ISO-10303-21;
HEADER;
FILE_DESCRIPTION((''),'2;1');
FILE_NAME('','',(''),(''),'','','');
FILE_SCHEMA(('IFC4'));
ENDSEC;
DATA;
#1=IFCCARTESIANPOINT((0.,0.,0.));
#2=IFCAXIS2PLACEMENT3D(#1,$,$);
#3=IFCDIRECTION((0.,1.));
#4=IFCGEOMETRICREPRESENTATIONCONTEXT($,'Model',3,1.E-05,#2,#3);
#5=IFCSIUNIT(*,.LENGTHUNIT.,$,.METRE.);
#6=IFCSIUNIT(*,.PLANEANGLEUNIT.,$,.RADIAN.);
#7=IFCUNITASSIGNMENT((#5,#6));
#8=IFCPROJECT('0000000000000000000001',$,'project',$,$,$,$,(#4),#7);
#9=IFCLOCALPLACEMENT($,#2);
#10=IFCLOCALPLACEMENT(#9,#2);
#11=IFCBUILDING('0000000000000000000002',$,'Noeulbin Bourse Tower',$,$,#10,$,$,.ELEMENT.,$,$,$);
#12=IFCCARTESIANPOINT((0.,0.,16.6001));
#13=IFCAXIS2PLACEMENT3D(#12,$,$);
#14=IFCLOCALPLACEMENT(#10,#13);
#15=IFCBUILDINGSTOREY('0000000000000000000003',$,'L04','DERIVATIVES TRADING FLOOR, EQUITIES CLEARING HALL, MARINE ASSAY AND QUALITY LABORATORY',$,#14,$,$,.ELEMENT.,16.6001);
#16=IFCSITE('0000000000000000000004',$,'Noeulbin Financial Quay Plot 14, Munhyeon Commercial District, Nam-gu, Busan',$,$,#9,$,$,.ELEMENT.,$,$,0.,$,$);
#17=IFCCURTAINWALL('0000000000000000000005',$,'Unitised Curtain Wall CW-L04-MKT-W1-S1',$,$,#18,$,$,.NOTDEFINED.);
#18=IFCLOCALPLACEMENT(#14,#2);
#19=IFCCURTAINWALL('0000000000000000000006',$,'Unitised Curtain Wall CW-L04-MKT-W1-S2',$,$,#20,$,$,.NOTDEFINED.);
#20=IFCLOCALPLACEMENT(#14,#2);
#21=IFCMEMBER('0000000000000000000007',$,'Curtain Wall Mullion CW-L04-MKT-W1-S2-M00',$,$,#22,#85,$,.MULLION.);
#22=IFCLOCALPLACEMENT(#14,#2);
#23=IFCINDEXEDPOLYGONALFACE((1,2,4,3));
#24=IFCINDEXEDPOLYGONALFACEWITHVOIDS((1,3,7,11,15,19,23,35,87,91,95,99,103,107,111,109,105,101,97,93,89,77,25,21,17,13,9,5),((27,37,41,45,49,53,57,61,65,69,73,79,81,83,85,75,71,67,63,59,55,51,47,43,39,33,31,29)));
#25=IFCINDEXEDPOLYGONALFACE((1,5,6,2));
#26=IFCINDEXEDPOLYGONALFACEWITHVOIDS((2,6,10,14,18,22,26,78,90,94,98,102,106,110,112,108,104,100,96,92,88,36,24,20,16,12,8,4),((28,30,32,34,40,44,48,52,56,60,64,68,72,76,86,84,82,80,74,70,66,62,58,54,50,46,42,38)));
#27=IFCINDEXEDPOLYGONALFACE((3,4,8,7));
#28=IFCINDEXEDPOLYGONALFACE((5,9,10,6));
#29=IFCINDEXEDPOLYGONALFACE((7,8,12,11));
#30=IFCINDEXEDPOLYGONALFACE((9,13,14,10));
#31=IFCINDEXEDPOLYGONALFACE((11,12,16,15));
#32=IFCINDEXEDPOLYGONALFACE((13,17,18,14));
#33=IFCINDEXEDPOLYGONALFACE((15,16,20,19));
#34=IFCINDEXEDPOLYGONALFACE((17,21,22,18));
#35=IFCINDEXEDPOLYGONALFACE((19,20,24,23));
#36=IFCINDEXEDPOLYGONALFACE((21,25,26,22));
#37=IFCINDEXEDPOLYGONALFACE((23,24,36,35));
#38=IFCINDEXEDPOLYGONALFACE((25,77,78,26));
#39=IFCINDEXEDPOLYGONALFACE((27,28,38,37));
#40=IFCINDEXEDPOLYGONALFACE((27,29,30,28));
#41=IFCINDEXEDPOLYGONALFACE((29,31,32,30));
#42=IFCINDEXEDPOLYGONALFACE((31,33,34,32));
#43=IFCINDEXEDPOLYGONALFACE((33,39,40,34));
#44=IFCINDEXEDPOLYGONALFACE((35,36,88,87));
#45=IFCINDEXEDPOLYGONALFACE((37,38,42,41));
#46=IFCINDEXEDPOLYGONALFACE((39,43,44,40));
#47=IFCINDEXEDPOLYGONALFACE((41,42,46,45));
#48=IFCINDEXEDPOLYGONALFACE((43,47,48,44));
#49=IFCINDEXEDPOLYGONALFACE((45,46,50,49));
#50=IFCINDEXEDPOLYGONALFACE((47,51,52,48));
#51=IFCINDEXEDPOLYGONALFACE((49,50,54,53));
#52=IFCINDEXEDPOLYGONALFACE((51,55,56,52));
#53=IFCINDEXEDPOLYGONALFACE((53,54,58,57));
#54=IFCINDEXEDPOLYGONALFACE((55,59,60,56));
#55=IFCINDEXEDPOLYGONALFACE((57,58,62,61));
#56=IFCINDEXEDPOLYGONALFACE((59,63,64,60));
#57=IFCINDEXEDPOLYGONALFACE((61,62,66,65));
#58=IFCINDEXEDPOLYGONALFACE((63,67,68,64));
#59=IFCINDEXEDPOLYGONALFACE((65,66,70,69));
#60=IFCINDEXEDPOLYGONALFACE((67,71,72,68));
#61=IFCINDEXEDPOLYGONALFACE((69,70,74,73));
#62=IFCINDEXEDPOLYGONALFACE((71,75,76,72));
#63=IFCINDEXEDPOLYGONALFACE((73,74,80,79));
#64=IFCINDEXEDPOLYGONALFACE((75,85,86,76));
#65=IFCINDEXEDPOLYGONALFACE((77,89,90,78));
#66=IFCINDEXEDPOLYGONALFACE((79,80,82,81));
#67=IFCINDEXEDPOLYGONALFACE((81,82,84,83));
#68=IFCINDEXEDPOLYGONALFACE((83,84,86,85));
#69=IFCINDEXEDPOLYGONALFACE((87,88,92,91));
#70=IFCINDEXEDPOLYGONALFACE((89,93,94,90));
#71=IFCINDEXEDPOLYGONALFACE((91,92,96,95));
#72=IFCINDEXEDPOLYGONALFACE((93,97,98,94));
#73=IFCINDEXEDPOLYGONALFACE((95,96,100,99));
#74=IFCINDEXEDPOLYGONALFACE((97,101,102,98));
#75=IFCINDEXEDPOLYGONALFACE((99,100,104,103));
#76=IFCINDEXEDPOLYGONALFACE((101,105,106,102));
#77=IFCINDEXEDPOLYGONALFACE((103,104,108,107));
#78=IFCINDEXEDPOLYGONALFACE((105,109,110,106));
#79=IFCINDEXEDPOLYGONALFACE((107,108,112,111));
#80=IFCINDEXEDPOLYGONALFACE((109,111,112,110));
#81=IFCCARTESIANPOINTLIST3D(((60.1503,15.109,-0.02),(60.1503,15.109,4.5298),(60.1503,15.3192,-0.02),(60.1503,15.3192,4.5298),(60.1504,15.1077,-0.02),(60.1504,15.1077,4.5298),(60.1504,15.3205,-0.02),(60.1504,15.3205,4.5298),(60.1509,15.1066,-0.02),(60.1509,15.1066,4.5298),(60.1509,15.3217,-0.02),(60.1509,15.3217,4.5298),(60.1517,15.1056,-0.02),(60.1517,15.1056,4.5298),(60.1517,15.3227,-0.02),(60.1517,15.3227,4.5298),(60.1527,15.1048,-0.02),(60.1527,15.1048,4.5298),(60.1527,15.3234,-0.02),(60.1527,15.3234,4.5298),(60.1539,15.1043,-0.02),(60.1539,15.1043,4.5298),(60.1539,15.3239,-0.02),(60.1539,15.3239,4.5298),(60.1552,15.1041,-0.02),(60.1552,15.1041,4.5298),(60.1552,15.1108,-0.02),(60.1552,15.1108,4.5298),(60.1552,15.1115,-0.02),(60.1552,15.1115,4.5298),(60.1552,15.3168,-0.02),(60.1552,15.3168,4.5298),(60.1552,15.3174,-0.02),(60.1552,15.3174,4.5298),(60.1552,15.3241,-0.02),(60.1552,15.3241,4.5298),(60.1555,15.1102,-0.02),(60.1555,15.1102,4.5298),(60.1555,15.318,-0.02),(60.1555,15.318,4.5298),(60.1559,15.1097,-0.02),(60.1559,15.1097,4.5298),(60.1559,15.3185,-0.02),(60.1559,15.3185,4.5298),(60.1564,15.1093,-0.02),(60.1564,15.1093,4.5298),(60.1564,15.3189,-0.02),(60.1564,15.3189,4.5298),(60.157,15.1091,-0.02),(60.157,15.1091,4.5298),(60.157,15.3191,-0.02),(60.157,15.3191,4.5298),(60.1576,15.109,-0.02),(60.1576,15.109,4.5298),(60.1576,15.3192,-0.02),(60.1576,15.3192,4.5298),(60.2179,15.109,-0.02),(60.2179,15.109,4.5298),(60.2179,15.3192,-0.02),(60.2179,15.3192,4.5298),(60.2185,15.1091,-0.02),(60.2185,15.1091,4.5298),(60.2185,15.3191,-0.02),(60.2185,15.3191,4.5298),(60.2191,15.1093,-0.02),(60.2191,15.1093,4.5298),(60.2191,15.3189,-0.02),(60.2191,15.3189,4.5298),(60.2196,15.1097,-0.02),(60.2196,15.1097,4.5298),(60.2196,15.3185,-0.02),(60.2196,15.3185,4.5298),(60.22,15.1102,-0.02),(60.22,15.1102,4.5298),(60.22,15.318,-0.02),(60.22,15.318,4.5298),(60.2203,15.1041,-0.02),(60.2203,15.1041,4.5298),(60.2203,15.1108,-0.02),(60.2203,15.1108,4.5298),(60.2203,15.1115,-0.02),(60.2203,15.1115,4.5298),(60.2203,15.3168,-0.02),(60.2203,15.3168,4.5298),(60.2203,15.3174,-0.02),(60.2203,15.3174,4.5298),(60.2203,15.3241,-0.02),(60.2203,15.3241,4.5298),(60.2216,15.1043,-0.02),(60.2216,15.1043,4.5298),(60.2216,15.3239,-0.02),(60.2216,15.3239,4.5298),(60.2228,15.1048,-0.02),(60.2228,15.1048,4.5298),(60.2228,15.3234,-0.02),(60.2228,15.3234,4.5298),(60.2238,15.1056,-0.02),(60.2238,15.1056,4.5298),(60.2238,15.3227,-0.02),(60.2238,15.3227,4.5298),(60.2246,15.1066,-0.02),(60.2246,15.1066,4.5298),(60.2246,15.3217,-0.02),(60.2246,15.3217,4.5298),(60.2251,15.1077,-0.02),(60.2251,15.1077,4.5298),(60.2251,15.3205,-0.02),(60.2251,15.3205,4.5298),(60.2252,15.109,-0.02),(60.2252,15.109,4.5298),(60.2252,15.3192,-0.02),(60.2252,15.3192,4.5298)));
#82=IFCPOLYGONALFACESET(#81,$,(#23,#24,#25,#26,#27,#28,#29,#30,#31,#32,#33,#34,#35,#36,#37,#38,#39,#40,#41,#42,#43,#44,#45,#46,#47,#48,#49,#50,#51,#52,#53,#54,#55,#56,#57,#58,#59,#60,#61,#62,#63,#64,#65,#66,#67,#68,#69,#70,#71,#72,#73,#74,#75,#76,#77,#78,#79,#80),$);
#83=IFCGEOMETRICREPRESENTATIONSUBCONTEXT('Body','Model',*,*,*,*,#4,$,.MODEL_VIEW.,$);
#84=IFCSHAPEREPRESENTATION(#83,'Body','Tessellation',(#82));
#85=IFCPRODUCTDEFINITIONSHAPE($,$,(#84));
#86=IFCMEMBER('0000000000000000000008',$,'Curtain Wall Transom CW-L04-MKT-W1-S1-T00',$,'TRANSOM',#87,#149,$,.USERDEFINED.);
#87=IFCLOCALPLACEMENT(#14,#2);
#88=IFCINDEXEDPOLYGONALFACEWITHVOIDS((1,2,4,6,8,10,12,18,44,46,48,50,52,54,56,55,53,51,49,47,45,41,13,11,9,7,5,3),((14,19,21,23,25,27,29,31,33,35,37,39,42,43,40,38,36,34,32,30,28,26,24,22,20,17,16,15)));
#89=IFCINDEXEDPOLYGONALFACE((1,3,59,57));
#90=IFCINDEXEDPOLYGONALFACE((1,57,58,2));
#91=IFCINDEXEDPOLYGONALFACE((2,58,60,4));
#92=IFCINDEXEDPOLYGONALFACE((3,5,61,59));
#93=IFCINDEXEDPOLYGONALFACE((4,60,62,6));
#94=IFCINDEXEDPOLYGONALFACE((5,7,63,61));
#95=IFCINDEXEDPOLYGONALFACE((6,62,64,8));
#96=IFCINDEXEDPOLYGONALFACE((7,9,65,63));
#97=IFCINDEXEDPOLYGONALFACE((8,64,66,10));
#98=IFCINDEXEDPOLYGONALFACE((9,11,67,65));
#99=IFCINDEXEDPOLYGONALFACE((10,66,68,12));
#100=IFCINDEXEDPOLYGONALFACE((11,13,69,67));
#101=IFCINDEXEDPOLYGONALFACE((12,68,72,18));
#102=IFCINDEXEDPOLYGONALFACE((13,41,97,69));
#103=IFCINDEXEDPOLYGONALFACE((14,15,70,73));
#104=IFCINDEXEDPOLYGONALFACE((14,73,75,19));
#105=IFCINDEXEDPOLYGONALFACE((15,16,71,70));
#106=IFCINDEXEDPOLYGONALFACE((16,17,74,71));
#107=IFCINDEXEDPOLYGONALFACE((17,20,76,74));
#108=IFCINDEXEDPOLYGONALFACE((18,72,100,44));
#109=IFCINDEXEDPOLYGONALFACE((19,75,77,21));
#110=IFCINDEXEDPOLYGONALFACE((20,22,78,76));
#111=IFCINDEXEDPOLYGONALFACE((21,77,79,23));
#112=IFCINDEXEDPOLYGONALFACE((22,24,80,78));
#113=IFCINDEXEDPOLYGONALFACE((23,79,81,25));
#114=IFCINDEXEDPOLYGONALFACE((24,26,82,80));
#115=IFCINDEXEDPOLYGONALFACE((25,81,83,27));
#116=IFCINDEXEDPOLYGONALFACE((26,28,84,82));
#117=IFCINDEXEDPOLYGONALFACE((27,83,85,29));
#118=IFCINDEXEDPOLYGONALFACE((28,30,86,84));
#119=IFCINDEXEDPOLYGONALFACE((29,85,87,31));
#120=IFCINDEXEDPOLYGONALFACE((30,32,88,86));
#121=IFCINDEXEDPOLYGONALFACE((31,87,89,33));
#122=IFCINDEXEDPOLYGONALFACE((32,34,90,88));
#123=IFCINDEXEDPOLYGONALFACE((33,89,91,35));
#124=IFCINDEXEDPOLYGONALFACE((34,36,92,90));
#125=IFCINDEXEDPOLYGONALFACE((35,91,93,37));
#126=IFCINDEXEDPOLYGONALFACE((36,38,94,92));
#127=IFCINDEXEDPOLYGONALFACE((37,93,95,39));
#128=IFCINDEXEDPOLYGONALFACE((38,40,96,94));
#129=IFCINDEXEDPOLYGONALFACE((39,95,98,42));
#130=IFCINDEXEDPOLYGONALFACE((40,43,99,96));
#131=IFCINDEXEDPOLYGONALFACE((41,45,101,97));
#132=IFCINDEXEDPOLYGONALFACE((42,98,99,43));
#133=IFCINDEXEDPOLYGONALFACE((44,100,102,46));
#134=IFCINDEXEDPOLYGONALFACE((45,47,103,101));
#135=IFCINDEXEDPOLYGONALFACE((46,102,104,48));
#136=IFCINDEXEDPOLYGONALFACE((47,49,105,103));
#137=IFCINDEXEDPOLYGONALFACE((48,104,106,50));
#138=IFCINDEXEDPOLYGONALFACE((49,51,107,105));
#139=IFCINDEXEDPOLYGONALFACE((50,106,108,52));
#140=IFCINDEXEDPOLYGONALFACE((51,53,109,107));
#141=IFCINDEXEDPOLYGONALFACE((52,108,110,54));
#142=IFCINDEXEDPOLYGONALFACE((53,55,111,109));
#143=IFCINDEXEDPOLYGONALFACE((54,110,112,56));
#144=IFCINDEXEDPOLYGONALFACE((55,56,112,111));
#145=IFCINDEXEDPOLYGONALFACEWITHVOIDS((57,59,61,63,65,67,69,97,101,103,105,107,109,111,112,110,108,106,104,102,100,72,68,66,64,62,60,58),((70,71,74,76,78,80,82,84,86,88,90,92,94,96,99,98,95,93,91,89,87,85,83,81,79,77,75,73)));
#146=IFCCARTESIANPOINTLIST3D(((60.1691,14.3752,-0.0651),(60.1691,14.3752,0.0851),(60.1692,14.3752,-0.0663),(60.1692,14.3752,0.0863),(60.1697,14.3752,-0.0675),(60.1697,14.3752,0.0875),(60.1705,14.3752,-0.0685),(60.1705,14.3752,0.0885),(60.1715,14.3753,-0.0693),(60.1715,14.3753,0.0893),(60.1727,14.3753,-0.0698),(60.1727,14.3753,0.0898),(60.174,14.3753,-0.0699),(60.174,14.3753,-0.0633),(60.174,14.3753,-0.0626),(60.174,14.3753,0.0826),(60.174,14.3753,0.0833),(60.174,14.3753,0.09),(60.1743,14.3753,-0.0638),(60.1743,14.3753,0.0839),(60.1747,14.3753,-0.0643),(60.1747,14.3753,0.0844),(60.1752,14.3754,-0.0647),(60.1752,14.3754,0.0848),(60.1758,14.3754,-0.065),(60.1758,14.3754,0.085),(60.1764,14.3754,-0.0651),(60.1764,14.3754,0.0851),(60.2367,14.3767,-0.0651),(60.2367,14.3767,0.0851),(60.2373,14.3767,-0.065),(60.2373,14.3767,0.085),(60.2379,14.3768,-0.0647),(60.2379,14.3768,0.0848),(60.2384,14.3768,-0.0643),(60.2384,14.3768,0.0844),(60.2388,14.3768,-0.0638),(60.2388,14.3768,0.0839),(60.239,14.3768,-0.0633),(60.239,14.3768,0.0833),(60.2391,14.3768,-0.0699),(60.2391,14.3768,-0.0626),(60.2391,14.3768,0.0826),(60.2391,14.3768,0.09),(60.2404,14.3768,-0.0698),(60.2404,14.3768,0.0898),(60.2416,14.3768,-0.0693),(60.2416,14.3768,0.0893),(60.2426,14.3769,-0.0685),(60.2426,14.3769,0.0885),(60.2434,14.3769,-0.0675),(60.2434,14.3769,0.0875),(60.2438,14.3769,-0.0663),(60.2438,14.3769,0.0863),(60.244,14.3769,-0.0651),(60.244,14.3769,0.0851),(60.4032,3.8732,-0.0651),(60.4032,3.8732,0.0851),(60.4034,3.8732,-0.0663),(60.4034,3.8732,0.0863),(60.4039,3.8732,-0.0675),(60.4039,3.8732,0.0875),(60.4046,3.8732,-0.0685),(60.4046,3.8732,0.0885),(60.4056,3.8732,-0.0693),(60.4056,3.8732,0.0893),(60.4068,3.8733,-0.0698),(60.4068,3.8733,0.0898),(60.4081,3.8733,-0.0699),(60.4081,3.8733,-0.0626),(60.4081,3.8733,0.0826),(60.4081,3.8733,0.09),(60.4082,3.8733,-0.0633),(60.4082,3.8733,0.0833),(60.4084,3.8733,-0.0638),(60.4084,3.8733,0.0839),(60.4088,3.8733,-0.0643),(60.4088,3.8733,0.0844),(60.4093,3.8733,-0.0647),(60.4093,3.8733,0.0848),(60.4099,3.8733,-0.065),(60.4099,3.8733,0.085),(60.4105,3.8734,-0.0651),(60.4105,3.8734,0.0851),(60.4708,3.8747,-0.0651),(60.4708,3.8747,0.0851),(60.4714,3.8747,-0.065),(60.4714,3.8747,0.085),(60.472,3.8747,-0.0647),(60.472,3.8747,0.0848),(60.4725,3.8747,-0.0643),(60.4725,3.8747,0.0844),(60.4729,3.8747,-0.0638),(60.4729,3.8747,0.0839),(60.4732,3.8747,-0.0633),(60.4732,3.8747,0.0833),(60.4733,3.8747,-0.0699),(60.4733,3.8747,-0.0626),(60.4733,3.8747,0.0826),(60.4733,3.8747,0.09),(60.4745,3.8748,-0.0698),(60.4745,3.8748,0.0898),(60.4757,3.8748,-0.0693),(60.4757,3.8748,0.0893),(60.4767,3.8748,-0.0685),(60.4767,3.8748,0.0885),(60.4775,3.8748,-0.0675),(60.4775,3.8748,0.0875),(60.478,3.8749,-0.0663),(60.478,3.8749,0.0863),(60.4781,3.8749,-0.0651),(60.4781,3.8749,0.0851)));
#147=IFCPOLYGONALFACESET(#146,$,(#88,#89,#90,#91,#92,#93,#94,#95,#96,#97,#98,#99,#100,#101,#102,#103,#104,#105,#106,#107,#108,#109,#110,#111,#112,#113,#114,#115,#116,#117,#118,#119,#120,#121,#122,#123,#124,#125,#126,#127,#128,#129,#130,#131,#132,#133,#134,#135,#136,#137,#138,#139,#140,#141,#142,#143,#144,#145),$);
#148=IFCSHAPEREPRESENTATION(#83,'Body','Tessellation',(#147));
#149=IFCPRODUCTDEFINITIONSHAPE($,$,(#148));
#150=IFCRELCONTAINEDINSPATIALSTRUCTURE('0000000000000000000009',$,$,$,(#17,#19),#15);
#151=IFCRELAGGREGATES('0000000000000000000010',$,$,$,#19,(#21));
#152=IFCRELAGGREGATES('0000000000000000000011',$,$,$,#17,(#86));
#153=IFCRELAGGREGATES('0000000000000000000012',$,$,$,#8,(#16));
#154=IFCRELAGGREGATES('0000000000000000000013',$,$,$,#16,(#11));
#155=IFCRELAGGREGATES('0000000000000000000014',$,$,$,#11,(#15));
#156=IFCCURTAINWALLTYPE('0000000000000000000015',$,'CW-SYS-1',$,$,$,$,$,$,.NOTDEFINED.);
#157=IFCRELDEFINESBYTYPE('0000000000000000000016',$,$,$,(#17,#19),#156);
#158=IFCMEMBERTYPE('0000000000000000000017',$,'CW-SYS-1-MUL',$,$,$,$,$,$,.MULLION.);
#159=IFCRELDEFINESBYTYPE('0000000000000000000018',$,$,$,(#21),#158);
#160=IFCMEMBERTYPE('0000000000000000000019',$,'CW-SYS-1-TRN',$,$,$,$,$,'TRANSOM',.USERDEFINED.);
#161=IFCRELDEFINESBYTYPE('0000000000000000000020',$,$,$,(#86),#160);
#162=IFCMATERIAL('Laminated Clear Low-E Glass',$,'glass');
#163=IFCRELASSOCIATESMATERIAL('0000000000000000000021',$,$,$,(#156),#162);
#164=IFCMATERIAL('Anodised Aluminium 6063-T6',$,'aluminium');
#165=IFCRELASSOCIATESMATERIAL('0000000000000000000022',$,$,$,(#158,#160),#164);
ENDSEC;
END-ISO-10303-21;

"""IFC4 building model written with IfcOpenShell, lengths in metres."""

from ifc_helpers import new_model, si_unit, direction, frame, origin, origin_2d, place, context, subcontext, project, spatial, hollow_rectangle, extrude, material, material_profile, profile_set, type_object, element, aggregate, save


model = new_model("IFC4")

# Units and contexts
model_context = context("Model", 3, precision=1e-05, world=origin(), true_north=direction((0.0, 1.0)))
body_context = subcontext(model_context, "Body", "Model", "MODEL_VIEW")
ifc_project = project(units=[si_unit("LENGTHUNIT", "METRE"), si_unit("PLANEANGLEUNIT", "RADIAN")], contexts=[model_context])

# Site, building, storey
site_placement = place(None, origin())
site = spatial("IfcSite", under=ifc_project, at=site_placement, Name="Noeulbin Financial Quay Plot 14, Munhyeon Commercial District, Nam-gu, Busan", CompositionType="ELEMENT", RefElevation=0.0)
building_placement = place(site_placement, origin())
building = spatial("IfcBuilding", under=site, at=building_placement, Name="Noeulbin Bourse Tower", CompositionType="ELEMENT")
storey_placement = place(building_placement, frame((0.0, 0.0, 16.6001)))
storey = spatial("IfcBuildingStorey", under=building, at=storey_placement, Name="L04", Description="DERIVATIVES TRADING FLOOR, EQUITIES CLEARING HALL, MARINE ASSAY AND QUALITY LABORATORY", CompositionType="ELEMENT", Elevation=16.6001)

# Curtain wall
ifc_material_1 = material(Name="Laminated Clear Low-E Glass", Category="glass")
curtain_wall_type = type_object("IfcCurtainWallType", Name="CW-SYS-1", PredefinedType="NOTDEFINED", material=ifc_material_1)
curtain_wall_1_placement = place(storey_placement, origin())
curtain_wall_1 = element("IfcCurtainWall", 1, at=curtain_wall_1_placement, inside=storey, type_object=curtain_wall_type, Name="Unitised Curtain Wall CW-L04-MKT-W1-S1", PredefinedType="NOTDEFINED")
ifc_material_2 = material(Name="Anodised Aluminium 6063-T6", Category="aluminium")
ifc_material_profile_1 = material_profile(ifc_material_2, hollow_rectangle(XDim=0.075, YDim=0.22, WallThickness=0.0049, InnerFilletRadius=0.0024, OuterFilletRadius=0.0049, at=origin_2d()), Name="ALU-MULL-75x220x5", Category="LoadBearing")
ifc_profile_set_1 = profile_set([ifc_material_profile_1], Name="Anodised Aluminium 6063-T6")
member_type_1 = type_object("IfcMemberType", Name="CW-SYS-1-MUL", PredefinedType="MULLION", material=ifc_profile_set_1)

# Curtain wall, member
curtain_wall_2_placement = place(storey_placement, origin())
curtain_wall_2 = element("IfcCurtainWall", 2, at=curtain_wall_2_placement, inside=storey, type_object=curtain_wall_type, Name="Unitised Curtain Wall CW-L04-MKT-W1-S2", PredefinedType="NOTDEFINED")
member_1_placement = place(storey_placement, frame((60.1877, 15.2141, -0.02), z_axis=(0.0, 0.0, 1.0), x_axis=(1.0, 0.0, 0.0)))
member_1 = element("IfcMember", 3, at=member_1_placement, type_object=member_type_1, Name="Curtain Wall Mullion CW-L04-MKT-W1-S2-M00", PredefinedType="MULLION", context=body_context, shape_type="SweptSolid", body=[
    extrude(hollow_rectangle(XDim=0.075, YDim=0.22, WallThickness=0.0049, InnerFilletRadius=0.0024, OuterFilletRadius=0.0049, at=origin_2d()), origin(), (0.0, 0.0, 1.0), 4.5498),
])

# Member
ifc_material_profile_2 = material_profile(ifc_material_2, hollow_rectangle(XDim=0.075, YDim=0.1599, WallThickness=0.0049, InnerFilletRadius=0.0024, OuterFilletRadius=0.0049, at=origin_2d()), Name="ALU-TRAN-75x160x5", Category="LoadBearing")
ifc_profile_set_2 = profile_set([ifc_material_profile_2], Name="Anodised Aluminium 6063-T6")
member_type_2 = type_object("IfcMemberType", Name="CW-SYS-1-TRN", ElementType="TRANSOM", PredefinedType="USERDEFINED", material=ifc_profile_set_2)
member_2_placement = place(storey_placement, frame((60.4407, 3.874, 0.01), z_axis=(-0.022288, 0.999752, 0.0), x_axis=(-0.999752, -0.022288, 0.0)))
member_2 = element("IfcMember", 4, at=member_2_placement, type_object=member_type_2, Name="Curtain Wall Transom CW-L04-MKT-W1-S1-T00", ObjectType="TRANSOM", PredefinedType="USERDEFINED", context=body_context, shape_type="SweptSolid", body=[
    extrude(hollow_rectangle(XDim=0.075, YDim=0.1599, WallThickness=0.0049, InnerFilletRadius=0.0024, OuterFilletRadius=0.0049, at=origin_2d()), origin(), (0.0, 0.0, 1.0), 10.5046),
])
aggregate(curtain_wall_2, [member_1])

aggregate(curtain_wall_1, [member_2])

save(model, "model.ifc")
